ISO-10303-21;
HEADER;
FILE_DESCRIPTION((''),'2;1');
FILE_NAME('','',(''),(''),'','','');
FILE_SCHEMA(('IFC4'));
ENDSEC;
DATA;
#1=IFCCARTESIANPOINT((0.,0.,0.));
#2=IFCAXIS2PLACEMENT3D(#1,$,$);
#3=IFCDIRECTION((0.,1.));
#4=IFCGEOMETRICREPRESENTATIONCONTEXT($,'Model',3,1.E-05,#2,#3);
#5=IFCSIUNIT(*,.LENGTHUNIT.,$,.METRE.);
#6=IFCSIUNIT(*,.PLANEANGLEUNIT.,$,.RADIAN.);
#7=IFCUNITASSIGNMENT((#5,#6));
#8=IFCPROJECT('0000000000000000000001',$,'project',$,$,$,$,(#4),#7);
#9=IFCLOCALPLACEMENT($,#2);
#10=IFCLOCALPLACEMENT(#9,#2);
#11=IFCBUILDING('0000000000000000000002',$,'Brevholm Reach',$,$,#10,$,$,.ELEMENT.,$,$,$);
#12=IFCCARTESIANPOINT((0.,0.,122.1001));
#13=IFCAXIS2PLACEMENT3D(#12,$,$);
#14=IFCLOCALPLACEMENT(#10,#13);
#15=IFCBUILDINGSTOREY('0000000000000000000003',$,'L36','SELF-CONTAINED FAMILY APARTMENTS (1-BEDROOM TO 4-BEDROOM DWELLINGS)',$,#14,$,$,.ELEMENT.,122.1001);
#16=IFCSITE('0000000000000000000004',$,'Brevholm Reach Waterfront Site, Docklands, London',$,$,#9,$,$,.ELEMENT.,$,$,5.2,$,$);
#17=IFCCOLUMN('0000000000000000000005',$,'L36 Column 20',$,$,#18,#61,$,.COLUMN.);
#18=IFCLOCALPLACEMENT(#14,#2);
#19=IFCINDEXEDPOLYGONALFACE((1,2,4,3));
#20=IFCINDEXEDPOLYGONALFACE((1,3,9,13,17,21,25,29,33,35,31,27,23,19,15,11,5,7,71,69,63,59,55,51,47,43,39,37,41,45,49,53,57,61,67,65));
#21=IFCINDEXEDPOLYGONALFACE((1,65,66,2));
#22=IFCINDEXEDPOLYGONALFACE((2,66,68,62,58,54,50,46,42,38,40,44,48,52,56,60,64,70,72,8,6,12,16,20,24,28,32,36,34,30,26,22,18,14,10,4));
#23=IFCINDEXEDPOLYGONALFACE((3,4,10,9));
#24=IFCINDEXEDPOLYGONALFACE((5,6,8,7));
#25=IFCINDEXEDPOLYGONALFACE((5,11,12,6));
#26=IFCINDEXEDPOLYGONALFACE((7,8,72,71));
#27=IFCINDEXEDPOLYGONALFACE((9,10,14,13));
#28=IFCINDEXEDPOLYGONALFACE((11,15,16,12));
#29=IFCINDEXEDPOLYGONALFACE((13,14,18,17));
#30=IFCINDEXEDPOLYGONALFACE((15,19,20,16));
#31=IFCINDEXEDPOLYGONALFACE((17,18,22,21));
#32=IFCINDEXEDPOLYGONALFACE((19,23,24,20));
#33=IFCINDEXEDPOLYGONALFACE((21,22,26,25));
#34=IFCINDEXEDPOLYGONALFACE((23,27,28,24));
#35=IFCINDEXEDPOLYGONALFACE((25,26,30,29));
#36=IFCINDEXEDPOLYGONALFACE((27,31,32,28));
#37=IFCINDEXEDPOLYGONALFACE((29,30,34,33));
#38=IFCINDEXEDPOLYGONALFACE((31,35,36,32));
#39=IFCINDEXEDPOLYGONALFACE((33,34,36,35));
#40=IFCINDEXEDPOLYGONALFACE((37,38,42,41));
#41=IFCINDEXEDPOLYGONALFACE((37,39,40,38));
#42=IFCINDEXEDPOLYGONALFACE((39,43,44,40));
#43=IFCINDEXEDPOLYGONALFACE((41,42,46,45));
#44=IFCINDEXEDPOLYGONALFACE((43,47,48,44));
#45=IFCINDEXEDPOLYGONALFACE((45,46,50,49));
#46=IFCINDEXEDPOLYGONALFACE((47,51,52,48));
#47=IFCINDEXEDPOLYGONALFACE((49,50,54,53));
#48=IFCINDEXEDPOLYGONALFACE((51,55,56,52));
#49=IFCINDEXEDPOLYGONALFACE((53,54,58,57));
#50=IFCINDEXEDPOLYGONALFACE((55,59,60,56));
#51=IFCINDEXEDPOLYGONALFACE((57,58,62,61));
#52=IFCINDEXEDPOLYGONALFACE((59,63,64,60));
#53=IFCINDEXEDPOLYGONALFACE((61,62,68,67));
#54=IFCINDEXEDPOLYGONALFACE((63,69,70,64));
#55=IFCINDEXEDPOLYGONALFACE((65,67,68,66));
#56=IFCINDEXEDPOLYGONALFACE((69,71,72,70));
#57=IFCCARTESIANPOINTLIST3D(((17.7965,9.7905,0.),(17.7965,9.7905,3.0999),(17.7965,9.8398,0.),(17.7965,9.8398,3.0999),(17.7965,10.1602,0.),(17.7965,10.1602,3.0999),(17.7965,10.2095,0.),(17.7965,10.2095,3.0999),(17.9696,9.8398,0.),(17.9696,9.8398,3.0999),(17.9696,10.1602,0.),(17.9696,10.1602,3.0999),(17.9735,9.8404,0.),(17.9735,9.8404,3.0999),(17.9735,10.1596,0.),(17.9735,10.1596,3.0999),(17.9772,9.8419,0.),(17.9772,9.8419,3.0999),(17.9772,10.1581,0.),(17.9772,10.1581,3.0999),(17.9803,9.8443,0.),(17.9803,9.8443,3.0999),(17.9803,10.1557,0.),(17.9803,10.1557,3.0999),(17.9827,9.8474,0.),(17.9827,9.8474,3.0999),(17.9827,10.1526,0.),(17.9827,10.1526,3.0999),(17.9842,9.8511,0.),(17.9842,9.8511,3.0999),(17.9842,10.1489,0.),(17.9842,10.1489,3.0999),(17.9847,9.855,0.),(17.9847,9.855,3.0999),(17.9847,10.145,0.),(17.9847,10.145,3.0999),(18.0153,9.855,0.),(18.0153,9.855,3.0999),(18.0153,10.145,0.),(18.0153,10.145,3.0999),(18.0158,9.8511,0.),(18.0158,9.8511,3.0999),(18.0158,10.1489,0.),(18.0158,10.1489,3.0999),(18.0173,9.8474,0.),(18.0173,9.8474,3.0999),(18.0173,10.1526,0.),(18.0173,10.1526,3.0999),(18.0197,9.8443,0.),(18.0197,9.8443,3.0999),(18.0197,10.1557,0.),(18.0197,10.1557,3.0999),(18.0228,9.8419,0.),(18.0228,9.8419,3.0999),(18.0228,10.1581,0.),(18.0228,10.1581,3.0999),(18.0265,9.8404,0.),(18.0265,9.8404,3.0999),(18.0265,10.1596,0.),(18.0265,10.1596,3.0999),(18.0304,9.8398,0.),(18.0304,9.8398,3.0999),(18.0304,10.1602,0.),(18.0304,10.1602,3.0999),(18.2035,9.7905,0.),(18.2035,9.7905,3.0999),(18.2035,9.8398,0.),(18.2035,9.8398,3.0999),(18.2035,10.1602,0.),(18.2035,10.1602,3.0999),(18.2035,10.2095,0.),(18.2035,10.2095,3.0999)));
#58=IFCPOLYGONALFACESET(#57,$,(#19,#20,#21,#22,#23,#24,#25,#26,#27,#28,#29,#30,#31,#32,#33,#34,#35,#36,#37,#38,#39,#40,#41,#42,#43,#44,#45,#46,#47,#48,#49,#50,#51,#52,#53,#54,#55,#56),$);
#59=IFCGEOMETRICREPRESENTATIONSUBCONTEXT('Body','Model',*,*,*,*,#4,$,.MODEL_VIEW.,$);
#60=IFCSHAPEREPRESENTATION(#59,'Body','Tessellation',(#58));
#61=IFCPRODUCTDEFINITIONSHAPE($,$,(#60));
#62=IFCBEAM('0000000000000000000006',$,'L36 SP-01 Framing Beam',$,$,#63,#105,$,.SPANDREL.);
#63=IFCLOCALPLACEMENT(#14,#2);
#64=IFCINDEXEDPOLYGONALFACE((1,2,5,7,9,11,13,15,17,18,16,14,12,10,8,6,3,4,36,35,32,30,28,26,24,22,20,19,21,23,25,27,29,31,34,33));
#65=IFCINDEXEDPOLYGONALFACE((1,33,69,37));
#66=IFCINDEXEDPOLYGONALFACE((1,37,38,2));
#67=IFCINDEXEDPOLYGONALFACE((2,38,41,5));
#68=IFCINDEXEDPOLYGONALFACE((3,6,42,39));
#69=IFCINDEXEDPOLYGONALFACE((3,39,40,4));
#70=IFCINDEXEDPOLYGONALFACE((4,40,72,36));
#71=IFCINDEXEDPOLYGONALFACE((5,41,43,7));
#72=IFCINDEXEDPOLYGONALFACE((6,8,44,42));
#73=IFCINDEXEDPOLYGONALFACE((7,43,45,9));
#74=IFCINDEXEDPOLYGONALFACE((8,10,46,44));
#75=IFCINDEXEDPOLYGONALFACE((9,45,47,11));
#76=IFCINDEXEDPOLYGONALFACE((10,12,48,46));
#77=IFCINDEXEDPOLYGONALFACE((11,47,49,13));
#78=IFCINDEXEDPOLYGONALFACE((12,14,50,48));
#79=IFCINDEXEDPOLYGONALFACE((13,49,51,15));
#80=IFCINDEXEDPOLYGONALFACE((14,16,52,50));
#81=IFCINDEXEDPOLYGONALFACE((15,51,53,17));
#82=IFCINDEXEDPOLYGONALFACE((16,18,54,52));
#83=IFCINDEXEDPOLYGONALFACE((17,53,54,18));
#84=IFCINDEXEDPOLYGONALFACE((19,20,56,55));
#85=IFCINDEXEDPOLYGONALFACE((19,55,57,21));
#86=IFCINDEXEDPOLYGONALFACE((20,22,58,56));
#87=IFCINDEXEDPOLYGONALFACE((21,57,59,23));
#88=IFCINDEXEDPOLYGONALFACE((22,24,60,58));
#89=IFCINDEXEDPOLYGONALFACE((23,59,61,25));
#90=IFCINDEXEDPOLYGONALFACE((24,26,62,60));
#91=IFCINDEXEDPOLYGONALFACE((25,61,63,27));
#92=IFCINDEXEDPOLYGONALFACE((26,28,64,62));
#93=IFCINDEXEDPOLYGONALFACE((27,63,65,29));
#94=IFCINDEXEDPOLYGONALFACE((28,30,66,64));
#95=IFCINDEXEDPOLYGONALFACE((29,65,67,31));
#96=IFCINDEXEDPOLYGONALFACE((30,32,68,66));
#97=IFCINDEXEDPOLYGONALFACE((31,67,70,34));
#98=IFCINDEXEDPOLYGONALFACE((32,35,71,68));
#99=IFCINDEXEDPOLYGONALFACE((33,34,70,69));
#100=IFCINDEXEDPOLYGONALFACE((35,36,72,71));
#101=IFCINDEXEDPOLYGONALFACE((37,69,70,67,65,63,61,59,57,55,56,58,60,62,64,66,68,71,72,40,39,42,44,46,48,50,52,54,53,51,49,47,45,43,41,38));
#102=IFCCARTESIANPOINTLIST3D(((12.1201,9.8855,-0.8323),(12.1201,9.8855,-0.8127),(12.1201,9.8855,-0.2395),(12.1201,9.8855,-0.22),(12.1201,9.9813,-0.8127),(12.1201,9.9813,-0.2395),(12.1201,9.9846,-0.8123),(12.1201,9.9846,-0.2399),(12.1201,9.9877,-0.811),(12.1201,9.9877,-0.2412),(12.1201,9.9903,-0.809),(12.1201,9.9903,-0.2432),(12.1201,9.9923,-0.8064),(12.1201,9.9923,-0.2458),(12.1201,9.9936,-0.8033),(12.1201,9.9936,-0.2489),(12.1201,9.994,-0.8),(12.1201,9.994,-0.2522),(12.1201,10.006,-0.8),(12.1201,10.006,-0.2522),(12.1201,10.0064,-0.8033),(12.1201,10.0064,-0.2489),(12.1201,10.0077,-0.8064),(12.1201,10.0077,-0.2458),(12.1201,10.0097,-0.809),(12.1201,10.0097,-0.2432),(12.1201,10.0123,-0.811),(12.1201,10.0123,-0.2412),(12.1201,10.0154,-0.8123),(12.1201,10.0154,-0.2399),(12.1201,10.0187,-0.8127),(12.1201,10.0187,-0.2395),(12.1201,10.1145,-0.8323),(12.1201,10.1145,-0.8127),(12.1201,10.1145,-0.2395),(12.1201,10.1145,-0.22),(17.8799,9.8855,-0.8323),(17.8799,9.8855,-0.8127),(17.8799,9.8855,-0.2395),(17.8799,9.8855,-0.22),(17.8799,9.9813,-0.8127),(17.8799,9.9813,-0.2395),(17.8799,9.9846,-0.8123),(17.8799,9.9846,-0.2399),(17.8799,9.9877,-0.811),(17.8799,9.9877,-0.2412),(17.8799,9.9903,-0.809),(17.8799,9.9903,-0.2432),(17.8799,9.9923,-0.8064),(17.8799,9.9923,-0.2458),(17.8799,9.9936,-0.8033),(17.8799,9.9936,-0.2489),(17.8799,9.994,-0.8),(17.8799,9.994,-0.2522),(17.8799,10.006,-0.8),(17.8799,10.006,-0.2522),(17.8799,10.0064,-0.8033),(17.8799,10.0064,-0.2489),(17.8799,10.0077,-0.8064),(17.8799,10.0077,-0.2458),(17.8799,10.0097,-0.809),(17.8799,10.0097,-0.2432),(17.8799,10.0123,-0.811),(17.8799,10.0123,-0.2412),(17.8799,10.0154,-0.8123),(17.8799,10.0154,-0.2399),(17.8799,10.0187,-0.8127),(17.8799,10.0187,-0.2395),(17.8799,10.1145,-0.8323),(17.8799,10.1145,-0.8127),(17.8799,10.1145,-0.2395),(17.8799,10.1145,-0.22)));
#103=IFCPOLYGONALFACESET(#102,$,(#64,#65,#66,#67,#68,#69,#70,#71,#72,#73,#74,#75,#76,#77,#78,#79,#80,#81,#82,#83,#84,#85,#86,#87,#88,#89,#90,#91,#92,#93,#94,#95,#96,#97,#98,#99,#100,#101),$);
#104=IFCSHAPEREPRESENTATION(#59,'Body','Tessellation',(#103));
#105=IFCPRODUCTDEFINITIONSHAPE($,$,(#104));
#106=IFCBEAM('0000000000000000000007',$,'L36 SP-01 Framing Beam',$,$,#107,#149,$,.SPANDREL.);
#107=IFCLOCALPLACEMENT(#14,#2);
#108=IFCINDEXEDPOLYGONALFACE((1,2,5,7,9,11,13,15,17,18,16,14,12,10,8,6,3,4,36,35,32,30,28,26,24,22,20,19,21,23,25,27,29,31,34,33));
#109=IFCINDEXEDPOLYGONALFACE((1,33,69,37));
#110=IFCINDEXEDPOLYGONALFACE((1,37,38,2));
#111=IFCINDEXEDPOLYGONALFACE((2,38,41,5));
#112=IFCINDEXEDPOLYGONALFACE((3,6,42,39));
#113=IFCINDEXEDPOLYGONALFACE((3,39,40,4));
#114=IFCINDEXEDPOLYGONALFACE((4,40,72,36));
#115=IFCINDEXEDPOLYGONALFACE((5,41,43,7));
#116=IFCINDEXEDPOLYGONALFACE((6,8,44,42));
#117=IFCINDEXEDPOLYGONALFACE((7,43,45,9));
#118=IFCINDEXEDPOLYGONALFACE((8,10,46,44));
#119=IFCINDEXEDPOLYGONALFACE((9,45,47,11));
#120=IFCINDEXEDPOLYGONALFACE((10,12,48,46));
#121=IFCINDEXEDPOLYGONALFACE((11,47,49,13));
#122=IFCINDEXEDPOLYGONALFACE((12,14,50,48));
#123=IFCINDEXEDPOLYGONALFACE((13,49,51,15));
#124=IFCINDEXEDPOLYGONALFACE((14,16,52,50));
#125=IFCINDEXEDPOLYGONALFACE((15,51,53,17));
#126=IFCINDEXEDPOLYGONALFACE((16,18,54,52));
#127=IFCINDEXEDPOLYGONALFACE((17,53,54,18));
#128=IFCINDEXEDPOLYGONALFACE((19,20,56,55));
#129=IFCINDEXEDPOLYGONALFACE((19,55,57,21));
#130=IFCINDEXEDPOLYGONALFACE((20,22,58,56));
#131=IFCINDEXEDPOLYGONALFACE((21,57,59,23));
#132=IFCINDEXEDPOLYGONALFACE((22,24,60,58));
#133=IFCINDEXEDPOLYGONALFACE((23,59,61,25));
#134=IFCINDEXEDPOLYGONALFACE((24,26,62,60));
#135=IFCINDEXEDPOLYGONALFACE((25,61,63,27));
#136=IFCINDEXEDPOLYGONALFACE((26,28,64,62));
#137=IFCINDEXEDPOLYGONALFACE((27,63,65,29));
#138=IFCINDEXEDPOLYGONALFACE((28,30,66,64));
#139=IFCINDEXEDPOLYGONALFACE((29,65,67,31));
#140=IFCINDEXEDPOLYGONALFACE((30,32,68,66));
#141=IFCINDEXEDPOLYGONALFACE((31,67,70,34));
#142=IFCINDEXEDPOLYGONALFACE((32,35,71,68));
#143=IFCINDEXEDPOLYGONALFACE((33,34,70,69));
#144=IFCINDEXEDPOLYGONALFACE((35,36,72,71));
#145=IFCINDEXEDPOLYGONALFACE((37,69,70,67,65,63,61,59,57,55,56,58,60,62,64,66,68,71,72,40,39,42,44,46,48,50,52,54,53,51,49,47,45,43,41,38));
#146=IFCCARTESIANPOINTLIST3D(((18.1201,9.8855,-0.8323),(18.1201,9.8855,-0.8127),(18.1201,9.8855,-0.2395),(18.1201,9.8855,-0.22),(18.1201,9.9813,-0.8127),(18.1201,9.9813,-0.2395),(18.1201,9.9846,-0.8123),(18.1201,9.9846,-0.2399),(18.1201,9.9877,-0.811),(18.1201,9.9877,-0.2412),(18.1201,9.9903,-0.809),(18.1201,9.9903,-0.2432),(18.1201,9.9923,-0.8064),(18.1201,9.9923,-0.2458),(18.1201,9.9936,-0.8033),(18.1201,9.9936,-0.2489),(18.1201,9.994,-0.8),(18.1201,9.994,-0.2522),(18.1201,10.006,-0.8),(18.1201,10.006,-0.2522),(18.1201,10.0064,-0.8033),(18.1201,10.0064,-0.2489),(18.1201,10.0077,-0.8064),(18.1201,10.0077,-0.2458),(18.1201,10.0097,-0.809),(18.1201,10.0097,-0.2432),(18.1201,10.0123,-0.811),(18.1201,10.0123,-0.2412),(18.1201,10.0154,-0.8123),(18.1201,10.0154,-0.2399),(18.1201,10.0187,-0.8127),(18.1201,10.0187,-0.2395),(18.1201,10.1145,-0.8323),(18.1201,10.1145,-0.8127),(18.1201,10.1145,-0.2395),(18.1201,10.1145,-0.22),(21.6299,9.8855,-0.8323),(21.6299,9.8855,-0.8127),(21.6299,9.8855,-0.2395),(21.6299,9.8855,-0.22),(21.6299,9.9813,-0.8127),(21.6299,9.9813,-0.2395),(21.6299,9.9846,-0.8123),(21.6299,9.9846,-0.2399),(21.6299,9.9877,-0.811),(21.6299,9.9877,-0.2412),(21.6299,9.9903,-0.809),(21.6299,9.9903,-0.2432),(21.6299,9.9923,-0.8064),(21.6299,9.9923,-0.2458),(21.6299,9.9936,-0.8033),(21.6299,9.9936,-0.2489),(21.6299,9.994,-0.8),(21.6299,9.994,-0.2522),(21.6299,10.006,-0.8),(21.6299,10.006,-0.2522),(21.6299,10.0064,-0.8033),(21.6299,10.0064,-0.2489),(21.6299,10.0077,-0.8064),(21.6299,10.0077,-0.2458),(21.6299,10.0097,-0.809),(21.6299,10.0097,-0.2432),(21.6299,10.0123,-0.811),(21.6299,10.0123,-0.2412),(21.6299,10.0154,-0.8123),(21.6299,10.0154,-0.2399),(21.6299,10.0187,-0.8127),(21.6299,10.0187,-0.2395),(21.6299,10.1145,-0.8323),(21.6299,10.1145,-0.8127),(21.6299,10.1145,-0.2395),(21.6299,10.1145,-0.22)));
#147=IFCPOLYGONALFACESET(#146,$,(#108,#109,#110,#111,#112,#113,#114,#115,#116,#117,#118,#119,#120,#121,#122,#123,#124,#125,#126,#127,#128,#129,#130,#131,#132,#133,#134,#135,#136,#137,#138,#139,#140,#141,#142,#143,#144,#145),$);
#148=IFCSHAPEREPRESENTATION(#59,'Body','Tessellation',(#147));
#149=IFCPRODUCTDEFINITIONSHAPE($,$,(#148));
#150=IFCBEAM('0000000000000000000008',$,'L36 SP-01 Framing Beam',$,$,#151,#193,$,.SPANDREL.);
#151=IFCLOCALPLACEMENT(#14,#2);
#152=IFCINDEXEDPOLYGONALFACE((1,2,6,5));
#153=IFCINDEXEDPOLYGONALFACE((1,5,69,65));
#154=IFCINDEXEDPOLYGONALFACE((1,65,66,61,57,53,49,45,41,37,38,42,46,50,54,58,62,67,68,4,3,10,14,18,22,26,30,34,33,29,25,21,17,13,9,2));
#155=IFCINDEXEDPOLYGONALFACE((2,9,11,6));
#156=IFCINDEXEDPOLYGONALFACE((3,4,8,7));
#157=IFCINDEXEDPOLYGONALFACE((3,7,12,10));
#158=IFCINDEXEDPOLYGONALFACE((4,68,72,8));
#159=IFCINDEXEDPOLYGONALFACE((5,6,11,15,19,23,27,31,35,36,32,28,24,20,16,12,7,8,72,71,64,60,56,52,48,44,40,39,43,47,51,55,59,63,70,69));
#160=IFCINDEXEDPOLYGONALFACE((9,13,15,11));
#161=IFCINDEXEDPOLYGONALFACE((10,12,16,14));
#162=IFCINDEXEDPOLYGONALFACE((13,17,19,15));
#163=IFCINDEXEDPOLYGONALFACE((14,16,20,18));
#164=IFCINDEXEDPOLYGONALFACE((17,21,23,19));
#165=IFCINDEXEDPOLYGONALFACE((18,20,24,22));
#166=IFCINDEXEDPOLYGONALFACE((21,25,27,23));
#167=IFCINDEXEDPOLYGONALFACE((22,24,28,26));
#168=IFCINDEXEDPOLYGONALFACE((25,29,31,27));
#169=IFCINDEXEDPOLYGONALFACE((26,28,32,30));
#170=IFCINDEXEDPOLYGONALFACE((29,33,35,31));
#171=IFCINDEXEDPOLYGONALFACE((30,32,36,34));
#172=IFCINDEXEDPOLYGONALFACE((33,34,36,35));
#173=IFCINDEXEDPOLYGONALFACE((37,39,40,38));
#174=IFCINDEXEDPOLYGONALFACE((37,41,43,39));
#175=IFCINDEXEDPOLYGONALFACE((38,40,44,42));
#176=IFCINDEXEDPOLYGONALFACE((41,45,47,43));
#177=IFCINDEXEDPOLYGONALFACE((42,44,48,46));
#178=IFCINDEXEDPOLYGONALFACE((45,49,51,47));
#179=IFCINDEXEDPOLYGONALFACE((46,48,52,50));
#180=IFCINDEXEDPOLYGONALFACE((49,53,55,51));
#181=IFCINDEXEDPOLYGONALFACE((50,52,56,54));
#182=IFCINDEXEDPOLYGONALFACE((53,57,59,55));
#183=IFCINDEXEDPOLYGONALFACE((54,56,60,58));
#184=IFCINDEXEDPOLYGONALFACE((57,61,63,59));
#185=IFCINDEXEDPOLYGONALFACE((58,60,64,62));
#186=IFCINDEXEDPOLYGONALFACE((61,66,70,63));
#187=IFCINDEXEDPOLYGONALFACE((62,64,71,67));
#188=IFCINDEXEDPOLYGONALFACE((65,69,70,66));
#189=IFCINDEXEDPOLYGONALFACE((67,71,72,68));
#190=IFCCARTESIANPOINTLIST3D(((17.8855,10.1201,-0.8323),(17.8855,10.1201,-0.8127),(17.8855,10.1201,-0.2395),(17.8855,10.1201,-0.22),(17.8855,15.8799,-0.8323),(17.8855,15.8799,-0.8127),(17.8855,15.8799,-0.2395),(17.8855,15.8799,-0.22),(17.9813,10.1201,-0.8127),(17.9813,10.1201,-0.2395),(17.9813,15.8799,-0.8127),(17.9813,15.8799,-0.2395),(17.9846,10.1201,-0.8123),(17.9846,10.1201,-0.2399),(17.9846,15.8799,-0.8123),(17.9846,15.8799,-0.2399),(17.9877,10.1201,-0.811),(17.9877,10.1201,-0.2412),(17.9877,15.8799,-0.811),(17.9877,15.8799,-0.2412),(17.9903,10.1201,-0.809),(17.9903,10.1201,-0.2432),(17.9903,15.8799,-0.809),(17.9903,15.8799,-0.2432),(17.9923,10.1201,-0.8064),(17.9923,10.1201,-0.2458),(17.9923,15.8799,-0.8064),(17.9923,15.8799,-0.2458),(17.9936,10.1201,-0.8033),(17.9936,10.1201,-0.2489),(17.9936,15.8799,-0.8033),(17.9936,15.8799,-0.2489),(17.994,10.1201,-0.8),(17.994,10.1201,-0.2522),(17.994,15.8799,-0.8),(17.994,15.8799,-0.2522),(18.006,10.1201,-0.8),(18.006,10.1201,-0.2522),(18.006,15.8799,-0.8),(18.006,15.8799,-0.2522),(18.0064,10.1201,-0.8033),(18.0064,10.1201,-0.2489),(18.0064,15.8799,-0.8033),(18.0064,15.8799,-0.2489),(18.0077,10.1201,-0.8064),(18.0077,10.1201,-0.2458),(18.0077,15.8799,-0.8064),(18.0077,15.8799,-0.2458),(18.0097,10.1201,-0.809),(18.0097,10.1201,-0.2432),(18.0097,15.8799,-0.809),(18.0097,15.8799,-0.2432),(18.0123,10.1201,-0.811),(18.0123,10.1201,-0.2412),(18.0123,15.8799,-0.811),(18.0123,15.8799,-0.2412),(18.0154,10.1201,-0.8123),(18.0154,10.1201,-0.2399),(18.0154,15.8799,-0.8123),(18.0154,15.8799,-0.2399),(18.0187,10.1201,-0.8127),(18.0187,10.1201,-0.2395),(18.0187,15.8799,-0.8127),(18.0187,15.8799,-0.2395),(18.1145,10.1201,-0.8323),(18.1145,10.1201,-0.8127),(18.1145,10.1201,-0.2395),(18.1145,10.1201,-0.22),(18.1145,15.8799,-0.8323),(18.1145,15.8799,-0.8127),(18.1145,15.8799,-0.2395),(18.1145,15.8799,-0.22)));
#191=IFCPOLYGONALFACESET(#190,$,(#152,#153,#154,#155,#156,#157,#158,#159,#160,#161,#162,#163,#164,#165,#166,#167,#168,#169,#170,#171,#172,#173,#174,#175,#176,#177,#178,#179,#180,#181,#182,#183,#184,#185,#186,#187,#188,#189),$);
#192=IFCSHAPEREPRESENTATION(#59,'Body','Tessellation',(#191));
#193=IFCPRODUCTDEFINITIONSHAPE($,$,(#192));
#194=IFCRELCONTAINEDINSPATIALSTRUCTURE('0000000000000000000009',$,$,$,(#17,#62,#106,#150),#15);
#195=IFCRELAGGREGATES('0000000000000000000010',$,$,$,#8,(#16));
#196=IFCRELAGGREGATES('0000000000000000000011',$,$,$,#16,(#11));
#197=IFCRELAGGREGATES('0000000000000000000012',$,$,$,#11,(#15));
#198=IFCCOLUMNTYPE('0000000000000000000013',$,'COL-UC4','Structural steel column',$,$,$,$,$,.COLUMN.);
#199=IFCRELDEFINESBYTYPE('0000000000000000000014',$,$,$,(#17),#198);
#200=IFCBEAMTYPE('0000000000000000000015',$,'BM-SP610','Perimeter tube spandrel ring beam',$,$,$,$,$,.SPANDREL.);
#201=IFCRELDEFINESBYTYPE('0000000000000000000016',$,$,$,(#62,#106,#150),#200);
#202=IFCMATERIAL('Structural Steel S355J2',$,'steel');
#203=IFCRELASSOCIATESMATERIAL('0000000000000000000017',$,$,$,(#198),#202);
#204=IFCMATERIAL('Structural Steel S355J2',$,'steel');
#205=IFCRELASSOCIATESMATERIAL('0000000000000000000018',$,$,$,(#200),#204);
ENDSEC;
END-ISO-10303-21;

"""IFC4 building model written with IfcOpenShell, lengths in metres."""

from ifc_helpers import new_model, si_unit, direction, frame, origin, origin_2d, place, context, subcontext, project, spatial, i_section, extrude, material, material_profile, profile_set, type_object, element, save


model = new_model("IFC4")

# Units and contexts
model_context = context("Model", 3, precision=1e-05, world=origin(), true_north=direction((0.0, 1.0)))
body_context = subcontext(model_context, "Body", "Model", "MODEL_VIEW")
ifc_project = project(units=[si_unit("LENGTHUNIT", "METRE"), si_unit("PLANEANGLEUNIT", "RADIAN")], contexts=[model_context])

# Site, building, storey
site_placement = place(None, origin())
site = spatial("IfcSite", under=ifc_project, at=site_placement, Name="Brevholm Reach Waterfront Site, Docklands, London", CompositionType="ELEMENT", RefElevation=5.2)
building_placement = place(site_placement, origin())
building = spatial("IfcBuilding", under=site, at=building_placement, Name="Brevholm Reach", CompositionType="ELEMENT")
storey_placement = place(building_placement, frame((0.0, 0.0, 122.1001)))
storey = spatial("IfcBuildingStorey", under=building, at=storey_placement, Name="L36", Description="SELF-CONTAINED FAMILY APARTMENTS (1-BEDROOM TO 4-BEDROOM DWELLINGS)", CompositionType="ELEMENT", Elevation=122.1001)

# Column
ifc_material_1 = material(Name="Structural Steel S355J2", Category="steel")
ifc_material_profile_1 = material_profile(ifc_material_1, i_section(OverallWidth=0.407, OverallDepth=0.4189, WebThickness=0.0305, FlangeThickness=0.0493, FilletRadius=0.0151, at=origin_2d()), Name="UKC 356x406x393")
ifc_profile_set_1 = profile_set([ifc_material_profile_1], Name="Structural Steel S355J2")
column_type = type_object("IfcColumnType", Name="COL-UC4", Description="Structural steel column", PredefinedType="COLUMN", material=ifc_profile_set_1)
column_placement = place(storey_placement, frame((18.0, 10.0, 0.0), z_axis=(0.0, 0.0, 1.0), x_axis=(1.0, 0.0, 0.0)))
element("IfcColumn", 1, at=column_placement, inside=storey, type_object=column_type, Name="L36 Column 20", PredefinedType="COLUMN", context=body_context, shape_type="SweptSolid", body=[
    extrude(i_section(OverallWidth=0.407, OverallDepth=0.4189, WebThickness=0.0305, FlangeThickness=0.0493, FilletRadius=0.0151, at=origin_2d()), origin(), (0.0, 0.0, 1.0), 3.0999),
])

# Beams
ifc_material_2 = material(Name="Structural Steel S355J2", Category="steel")
ifc_material_profile_2 = material_profile(ifc_material_2, i_section(OverallWidth=0.229, OverallDepth=0.6123, WebThickness=0.012, FlangeThickness=0.0195, FilletRadius=0.0127, at=origin_2d()), Name="UKB 610x229x125")
ifc_profile_set_2 = profile_set([ifc_material_profile_2], Name="Structural Steel S355J2")
beam_type = type_object("IfcBeamType", Name="BM-SP610", Description="Perimeter tube spandrel ring beam", PredefinedType="SPANDREL", material=ifc_profile_set_2)
beam_1_placement = place(storey_placement, frame((12.1201, 10.0, -0.5261), z_axis=(1.0, 0.0, 0.0), x_axis=(0.0, 1.0, 0.0)))
element("IfcBeam", 2, at=beam_1_placement, inside=storey, type_object=beam_type, Name="L36 SP-01 Framing Beam", PredefinedType="SPANDREL", context=body_context, shape_type="SweptSolid", body=[
    extrude(i_section(OverallWidth=0.229, OverallDepth=0.6123, WebThickness=0.012, FlangeThickness=0.0195, FilletRadius=0.0127, at=origin_2d()), origin(), (0.0, 0.0, 1.0), 5.7598),
])
beam_2_placement = place(storey_placement, frame((18.1201, 10.0, -0.5261), z_axis=(1.0, 0.0, 0.0), x_axis=(0.0, 1.0, 0.0)))
element("IfcBeam", 3, at=beam_2_placement, inside=storey, type_object=beam_type, Name="L36 SP-01 Framing Beam", PredefinedType="SPANDREL", context=body_context, shape_type="SweptSolid", body=[
    extrude(i_section(OverallWidth=0.229, OverallDepth=0.6123, WebThickness=0.012, FlangeThickness=0.0195, FilletRadius=0.0127, at=origin_2d()), origin(), (0.0, 0.0, 1.0), 3.5098),
])
beam_3_placement = place(storey_placement, frame((18.0, 10.1201, -0.5261), z_axis=(0.0, 1.0, 0.0), x_axis=(-1.0, 0.0, 0.0)))
element("IfcBeam", 4, at=beam_3_placement, inside=storey, type_object=beam_type, Name="L36 SP-01 Framing Beam", PredefinedType="SPANDREL", context=body_context, shape_type="SweptSolid", body=[
    extrude(i_section(OverallWidth=0.229, OverallDepth=0.6123, WebThickness=0.012, FlangeThickness=0.0195, FilletRadius=0.0127, at=origin_2d()), origin(), (0.0, 0.0, 1.0), 5.7598),
])

save(model, "model.ifc")
